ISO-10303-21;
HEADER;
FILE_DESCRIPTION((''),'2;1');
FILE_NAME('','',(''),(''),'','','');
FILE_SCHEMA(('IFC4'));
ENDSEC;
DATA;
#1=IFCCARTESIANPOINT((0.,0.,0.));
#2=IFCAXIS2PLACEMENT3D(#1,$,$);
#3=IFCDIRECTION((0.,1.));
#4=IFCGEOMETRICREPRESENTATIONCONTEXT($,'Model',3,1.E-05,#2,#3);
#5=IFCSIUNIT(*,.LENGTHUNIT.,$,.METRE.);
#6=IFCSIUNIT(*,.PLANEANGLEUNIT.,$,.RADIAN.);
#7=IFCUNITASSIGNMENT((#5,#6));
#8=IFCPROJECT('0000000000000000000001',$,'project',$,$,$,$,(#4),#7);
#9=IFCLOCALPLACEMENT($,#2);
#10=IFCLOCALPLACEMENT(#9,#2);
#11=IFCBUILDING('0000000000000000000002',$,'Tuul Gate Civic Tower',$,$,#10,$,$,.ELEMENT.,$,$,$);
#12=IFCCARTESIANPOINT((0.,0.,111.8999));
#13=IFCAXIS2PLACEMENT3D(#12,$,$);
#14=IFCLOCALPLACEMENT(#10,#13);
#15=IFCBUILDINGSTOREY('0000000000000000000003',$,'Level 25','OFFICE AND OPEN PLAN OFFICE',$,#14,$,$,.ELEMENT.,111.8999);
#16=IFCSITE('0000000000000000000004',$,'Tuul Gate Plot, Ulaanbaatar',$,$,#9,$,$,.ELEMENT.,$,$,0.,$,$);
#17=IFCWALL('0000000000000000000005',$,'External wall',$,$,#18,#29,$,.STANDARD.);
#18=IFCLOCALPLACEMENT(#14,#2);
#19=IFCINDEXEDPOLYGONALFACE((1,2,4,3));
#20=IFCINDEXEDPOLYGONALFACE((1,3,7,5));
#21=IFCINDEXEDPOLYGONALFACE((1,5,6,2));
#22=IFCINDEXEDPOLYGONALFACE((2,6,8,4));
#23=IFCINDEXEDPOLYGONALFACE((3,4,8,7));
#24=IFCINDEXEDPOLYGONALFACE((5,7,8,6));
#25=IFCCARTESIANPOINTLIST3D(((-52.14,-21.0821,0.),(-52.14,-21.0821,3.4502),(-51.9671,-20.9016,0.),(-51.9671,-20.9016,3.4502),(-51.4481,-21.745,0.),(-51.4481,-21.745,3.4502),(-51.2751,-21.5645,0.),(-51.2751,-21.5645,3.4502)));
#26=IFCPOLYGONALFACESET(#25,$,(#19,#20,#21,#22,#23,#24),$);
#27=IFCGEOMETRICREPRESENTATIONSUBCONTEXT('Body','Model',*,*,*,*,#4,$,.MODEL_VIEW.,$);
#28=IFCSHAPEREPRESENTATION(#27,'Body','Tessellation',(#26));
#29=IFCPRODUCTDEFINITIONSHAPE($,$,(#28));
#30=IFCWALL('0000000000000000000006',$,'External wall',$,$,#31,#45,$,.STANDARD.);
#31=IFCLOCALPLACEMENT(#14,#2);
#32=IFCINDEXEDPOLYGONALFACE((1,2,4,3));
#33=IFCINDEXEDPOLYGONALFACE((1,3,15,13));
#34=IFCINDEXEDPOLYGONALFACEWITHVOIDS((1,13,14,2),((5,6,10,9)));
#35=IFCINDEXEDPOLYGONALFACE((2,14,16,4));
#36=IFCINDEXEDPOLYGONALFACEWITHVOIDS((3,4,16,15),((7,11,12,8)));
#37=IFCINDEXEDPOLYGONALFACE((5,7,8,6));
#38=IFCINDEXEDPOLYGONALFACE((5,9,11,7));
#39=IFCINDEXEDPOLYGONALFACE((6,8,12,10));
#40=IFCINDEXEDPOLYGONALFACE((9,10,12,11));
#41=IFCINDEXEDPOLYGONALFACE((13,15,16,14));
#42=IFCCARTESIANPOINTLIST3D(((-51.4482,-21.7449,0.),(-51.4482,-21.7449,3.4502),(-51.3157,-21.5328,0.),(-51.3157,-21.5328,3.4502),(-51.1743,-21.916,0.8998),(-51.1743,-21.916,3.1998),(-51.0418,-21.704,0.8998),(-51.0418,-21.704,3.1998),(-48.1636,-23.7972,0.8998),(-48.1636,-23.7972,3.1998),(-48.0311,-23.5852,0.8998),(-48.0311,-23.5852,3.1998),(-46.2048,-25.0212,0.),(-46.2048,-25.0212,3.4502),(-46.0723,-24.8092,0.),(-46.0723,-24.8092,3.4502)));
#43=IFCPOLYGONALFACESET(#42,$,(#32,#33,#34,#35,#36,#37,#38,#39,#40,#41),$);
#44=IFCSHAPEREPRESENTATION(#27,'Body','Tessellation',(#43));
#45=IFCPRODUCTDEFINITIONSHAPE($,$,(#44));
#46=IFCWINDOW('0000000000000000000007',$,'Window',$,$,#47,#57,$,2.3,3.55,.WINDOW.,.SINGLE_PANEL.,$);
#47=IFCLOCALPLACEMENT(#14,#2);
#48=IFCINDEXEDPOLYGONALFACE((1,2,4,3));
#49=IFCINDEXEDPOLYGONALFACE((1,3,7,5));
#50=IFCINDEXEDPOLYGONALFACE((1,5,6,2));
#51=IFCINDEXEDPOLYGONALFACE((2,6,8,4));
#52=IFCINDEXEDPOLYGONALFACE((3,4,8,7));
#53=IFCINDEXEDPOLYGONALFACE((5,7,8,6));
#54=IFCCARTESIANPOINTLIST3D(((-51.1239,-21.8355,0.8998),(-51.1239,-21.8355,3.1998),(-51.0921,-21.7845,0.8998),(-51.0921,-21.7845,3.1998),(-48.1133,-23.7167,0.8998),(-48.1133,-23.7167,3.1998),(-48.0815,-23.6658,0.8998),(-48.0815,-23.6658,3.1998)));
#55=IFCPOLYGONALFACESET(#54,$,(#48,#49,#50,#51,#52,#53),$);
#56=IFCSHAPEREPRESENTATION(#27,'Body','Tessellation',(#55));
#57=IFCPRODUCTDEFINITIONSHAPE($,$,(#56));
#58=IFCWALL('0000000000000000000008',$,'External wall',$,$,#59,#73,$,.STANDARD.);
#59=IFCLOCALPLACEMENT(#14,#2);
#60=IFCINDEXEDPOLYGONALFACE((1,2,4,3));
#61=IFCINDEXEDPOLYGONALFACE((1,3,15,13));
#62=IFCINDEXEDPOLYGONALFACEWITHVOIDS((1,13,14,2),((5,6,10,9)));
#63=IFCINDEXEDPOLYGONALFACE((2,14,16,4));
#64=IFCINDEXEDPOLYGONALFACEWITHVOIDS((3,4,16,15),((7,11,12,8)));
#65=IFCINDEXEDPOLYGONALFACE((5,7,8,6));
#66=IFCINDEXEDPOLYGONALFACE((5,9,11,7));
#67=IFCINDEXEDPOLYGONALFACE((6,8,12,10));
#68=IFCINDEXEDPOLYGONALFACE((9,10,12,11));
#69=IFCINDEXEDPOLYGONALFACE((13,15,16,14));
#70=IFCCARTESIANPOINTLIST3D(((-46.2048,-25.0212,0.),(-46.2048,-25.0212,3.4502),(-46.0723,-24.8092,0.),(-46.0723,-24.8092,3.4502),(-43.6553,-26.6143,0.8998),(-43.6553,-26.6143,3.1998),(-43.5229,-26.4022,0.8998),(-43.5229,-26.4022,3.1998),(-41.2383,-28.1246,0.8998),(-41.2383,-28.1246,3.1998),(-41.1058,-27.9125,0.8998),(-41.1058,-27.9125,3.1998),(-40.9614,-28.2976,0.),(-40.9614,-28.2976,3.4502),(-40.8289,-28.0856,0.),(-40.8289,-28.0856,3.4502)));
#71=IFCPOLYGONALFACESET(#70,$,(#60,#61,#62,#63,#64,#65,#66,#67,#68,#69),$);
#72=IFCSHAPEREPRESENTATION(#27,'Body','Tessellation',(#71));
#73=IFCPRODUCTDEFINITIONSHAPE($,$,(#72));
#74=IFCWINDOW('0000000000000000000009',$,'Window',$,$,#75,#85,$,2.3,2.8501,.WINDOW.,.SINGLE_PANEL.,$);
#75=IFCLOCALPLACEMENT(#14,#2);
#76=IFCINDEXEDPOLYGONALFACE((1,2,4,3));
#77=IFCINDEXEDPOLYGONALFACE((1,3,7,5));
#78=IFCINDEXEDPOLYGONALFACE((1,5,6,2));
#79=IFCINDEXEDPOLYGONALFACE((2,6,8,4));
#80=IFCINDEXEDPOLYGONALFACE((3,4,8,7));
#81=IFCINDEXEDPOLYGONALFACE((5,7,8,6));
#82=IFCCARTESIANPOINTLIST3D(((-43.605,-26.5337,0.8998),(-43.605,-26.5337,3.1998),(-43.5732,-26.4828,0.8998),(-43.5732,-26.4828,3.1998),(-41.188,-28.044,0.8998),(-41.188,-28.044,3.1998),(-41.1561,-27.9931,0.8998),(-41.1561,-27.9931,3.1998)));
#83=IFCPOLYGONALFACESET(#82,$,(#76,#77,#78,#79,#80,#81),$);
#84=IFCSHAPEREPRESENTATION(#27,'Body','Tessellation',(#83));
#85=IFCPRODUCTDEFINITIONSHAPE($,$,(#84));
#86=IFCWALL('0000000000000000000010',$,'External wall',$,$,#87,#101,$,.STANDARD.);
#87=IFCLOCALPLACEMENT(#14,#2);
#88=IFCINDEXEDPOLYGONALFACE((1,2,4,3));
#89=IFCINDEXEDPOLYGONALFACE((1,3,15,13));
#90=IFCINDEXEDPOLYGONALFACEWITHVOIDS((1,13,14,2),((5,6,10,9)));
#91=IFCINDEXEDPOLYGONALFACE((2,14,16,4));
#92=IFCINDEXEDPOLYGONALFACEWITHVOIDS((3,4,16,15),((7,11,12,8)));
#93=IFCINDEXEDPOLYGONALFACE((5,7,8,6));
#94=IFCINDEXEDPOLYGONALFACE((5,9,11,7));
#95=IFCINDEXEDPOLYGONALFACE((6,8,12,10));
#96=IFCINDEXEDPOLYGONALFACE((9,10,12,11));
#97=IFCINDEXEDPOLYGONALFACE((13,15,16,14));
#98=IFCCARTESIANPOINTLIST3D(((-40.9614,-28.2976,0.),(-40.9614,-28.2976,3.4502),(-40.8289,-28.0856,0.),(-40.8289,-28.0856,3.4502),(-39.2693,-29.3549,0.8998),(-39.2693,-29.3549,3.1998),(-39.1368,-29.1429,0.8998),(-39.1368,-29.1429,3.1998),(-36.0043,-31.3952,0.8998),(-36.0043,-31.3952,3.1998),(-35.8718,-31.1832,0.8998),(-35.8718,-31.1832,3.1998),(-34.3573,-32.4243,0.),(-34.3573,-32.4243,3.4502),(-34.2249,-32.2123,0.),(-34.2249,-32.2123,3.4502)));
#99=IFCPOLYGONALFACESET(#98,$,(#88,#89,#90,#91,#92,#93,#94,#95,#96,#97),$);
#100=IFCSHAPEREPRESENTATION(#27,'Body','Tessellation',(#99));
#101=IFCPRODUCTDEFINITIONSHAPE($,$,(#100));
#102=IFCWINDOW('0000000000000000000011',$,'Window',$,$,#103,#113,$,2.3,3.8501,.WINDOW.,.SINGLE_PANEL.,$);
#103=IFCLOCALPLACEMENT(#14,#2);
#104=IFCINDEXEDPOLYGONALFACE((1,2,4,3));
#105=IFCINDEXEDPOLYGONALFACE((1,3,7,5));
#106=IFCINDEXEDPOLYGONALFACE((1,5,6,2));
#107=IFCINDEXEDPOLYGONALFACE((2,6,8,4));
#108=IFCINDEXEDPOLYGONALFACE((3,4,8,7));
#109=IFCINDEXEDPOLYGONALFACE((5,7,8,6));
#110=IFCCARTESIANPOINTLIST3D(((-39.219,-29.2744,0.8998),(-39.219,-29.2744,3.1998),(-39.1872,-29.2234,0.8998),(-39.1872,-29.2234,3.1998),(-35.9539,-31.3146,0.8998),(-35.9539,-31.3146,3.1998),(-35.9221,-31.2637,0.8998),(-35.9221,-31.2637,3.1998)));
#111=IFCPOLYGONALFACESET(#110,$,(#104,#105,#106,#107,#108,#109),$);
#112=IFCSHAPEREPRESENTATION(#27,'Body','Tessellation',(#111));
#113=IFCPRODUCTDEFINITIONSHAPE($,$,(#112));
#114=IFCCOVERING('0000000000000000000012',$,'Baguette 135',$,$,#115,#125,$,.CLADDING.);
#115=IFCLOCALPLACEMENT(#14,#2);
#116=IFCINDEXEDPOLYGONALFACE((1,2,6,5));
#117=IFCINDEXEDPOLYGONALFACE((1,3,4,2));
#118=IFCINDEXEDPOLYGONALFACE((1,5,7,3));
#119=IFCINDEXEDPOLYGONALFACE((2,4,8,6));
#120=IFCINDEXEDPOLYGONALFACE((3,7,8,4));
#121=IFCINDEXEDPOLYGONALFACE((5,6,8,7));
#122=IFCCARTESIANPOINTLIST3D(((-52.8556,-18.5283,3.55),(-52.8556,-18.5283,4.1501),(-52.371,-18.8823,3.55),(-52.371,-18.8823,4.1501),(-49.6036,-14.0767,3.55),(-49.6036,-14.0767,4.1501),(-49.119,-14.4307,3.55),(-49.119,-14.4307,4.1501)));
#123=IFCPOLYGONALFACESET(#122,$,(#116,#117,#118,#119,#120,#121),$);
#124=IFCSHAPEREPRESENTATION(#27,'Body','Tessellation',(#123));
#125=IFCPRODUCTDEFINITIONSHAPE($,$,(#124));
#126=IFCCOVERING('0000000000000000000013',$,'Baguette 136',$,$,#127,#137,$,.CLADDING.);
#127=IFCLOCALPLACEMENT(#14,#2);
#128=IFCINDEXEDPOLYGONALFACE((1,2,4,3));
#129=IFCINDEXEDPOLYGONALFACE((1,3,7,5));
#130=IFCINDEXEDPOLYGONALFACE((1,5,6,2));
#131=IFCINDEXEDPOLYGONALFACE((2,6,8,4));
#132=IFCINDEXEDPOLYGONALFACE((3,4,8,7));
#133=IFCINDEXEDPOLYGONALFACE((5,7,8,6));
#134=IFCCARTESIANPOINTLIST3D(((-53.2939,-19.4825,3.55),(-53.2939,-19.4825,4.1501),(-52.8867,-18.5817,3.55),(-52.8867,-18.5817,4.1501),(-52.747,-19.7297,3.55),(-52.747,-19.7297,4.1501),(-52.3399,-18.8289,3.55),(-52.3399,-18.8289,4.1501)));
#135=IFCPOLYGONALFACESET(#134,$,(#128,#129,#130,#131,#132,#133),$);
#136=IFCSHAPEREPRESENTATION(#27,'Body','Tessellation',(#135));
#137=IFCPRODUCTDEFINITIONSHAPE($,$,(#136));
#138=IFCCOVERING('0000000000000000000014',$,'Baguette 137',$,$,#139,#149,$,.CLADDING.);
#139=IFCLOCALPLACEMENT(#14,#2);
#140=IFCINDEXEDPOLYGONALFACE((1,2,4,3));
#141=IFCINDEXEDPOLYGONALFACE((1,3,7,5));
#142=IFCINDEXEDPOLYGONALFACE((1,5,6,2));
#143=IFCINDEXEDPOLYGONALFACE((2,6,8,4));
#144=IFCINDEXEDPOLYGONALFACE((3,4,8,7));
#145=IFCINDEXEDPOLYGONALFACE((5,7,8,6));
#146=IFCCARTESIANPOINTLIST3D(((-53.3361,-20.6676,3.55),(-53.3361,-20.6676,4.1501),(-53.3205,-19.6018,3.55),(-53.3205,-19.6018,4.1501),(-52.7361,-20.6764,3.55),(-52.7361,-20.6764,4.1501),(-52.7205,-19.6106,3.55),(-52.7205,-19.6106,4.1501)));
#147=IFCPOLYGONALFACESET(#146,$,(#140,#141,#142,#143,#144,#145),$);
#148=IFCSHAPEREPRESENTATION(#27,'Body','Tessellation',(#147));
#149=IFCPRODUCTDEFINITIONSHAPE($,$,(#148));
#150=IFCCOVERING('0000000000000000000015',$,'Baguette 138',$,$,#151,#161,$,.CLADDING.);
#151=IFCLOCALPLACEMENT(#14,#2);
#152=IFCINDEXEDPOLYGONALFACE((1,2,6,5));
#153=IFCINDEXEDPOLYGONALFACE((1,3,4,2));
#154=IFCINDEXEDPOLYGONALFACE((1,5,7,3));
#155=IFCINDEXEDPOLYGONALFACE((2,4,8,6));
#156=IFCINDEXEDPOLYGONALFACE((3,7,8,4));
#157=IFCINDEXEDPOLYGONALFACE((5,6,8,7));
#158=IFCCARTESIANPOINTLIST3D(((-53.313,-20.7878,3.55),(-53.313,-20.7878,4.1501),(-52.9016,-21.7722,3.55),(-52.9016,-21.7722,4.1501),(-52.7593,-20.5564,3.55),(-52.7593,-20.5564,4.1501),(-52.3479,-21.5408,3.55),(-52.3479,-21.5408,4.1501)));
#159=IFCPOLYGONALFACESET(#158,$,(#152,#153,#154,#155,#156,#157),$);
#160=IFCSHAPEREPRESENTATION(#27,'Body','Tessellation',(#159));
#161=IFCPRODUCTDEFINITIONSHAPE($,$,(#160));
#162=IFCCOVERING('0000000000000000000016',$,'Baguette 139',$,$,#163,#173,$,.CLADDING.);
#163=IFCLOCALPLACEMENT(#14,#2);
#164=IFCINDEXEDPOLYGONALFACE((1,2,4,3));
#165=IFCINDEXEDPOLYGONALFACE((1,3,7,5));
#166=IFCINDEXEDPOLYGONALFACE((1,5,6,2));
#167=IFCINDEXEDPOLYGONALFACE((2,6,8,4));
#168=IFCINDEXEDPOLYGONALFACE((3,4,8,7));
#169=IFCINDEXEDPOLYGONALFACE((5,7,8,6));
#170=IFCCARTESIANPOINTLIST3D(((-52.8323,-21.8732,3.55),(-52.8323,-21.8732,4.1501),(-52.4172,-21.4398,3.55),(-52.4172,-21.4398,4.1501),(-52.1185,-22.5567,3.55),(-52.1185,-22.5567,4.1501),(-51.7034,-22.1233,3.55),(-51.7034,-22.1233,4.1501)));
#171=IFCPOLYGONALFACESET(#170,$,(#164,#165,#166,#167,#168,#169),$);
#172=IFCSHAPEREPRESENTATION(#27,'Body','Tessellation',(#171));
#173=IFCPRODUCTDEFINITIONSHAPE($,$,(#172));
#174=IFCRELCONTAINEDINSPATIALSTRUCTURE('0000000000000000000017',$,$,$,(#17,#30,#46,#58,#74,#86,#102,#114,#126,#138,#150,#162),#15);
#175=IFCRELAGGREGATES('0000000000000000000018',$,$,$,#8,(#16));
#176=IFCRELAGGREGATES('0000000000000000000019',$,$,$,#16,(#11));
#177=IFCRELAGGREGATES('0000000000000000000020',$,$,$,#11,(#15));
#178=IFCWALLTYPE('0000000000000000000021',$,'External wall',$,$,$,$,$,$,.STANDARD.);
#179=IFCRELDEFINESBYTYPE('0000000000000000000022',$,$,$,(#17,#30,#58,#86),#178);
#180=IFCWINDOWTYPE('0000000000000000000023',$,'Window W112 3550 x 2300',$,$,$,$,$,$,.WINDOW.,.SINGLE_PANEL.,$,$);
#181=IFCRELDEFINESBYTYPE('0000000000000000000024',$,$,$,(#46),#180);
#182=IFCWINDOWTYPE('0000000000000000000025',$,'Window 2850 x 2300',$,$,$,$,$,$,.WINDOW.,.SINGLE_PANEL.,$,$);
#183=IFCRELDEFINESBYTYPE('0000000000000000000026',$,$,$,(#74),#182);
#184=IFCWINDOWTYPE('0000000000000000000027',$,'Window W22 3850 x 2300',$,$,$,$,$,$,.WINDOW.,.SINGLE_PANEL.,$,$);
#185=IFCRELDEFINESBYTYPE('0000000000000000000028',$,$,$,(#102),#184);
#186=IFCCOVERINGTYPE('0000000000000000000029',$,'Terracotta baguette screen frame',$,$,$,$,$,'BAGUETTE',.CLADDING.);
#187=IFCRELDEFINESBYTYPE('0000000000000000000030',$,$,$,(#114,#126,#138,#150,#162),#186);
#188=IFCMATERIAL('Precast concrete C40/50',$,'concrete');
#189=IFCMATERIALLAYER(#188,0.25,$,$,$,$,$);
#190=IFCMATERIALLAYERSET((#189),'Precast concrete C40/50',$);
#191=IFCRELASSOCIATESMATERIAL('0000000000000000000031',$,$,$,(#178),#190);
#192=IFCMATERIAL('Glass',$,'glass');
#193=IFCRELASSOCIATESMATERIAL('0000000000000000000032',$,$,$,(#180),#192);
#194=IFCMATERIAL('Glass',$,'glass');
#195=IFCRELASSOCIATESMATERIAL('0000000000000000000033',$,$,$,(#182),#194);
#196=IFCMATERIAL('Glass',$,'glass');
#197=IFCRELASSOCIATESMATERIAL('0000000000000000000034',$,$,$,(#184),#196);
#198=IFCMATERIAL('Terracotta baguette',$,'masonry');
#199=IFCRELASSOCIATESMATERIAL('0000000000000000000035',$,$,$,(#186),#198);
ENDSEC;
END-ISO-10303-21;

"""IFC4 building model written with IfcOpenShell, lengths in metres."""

from ifc_helpers import new_model, si_unit, direction, frame, frame_2d, origin, origin_2d, place, context, subcontext, project, spatial, rectangle, extrude, material, layer, layer_set, material_profile, profile_set, type_object, element, fill, save


model = new_model("IFC4")

# Units and contexts
model_context = context("Model", 3, precision=1e-05, world=origin(), true_north=direction((0.0, 1.0)))
body_context = subcontext(model_context, "Body", "Model", "MODEL_VIEW")
ifc_project = project(units=[si_unit("LENGTHUNIT", "METRE"), si_unit("PLANEANGLEUNIT", "RADIAN")], contexts=[model_context])

# Site, building, storey
site_placement = place(None, origin())
site = spatial("IfcSite", under=ifc_project, at=site_placement, Name="Tuul Gate Plot, Ulaanbaatar", CompositionType="ELEMENT", RefElevation=0.0)
building_placement = place(site_placement, origin())
building = spatial("IfcBuilding", under=site, at=building_placement, Name="Tuul Gate Civic Tower", CompositionType="ELEMENT")
storey_placement = place(building_placement, frame((0.0, 0.0, 111.8999)))
storey = spatial("IfcBuildingStorey", under=building, at=storey_placement, Name="Level 25", Description="OFFICE AND OPEN PLAN OFFICE", CompositionType="ELEMENT", Elevation=111.8999)

# Wall
ifc_material_1 = material(Name="Precast concrete C40/50", Category="concrete")
ifc_layer_1 = layer(ifc_material_1, 0.25)
ifc_layer_set_1 = layer_set([ifc_layer_1], Name="Precast concrete C40/50")
wall_type_1 = type_object("IfcWallType", Name="External wall", PredefinedType="STANDARD", material=ifc_layer_set_1)
wall_1_placement = place(storey_placement, frame((-52.0535, -20.9919, 0.0), z_axis=(0.0, 0.0, 1.0), x_axis=(0.722105, -0.691784, 0.0)))
element("IfcWall", 1, at=wall_1_placement, inside=storey, type_object=wall_type_1, Name="External wall", PredefinedType="STANDARD", context=body_context, shape_type="SweptSolid", body=[
    extrude(rectangle(XDim=0.9583, YDim=0.25, at=frame_2d((0.479, 0.0))), origin(), (0.0, 0.0, 1.0), 3.4502),
])

# Walls, openings, windows
wall_2_placement = place(storey_placement, frame((-51.3818, -21.6389, 0.0), z_axis=(0.0, 0.0, 1.0), x_axis=(0.848054, -0.52991, 0.0)))
wall_2 = element("IfcWall", 2, at=wall_2_placement, inside=storey, type_object=wall_type_1, Name="External wall", PredefinedType="STANDARD", context=body_context, shape_type="SweptSolid", body=[
    extrude(rectangle(XDim=6.1829, YDim=0.25, at=frame_2d((3.0913, 0.0))), origin(), (0.0, 0.0, 1.0), 3.4502),
])
opening_1_placement = place(wall_2_placement, frame((0.323, 0.0, 0.8999)))
opening_1 = element("IfcOpeningElement", 3, at=opening_1_placement, cuts=wall_2, PredefinedType="OPENING", context=body_context, shape_type="SweptSolid", body=[
    extrude(rectangle(XDim=3.55, YDim=2.3, at=frame_2d((1.7749, 1.1499))), frame((0.0, 0.135, 0.0), z_axis=(0.0, -1.0, 0.0), x_axis=(1.0, 0.0, 0.0)), (0.0, 0.0, 1.0), 0.27),
])
ifc_material_2 = material(Name="Glass", Category="glass")
window_type_1 = type_object("IfcWindowType", Name="Window W112 3550 x 2300", PartitioningType="SINGLE_PANEL", PredefinedType="WINDOW", material=ifc_material_2)
window_1_placement = place(opening_1_placement, origin())
window_1 = element("IfcWindow", 4, at=window_1_placement, inside=storey, type_object=window_type_1, Name="Window", OverallHeight=2.3, OverallWidth=3.55, PartitioningType="SINGLE_PANEL", PredefinedType="WINDOW", context=body_context, shape_type="SweptSolid", body=[
    extrude(rectangle(XDim=3.55, YDim=2.3, at=frame_2d((1.7749, 1.1499))), frame((0.0, 0.03, 0.0), z_axis=(0.0, -1.0, 0.0), x_axis=(1.0, 0.0, 0.0)), (0.0, 0.0, 1.0), 0.0601),
])
fill(opening_1, window_1)
wall_3_placement = place(storey_placement, frame((-46.1384, -24.9153, 0.0), z_axis=(0.0, 0.0, 1.0), x_axis=(0.848054, -0.52991, 0.0)))
wall_3 = element("IfcWall", 5, at=wall_3_placement, inside=storey, type_object=wall_type_1, Name="External wall", PredefinedType="STANDARD", context=body_context, shape_type="SweptSolid", body=[
    extrude(rectangle(XDim=6.1829, YDim=0.25, at=frame_2d((3.0913, 0.0))), origin(), (0.0, 0.0, 1.0), 3.4502),
])
opening_2_placement = place(wall_3_placement, frame((3.0061, 0.0, 0.8999)))
opening_2 = element("IfcOpeningElement", 6, at=opening_2_placement, cuts=wall_3, PredefinedType="OPENING", context=body_context, shape_type="SweptSolid", body=[
    extrude(rectangle(XDim=2.8501, YDim=2.3, at=frame_2d((1.425, 1.1499))), frame((0.0, 0.135, 0.0), z_axis=(0.0, -1.0, 0.0), x_axis=(1.0, 0.0, 0.0)), (0.0, 0.0, 1.0), 0.27),
])
ifc_material_3 = material(Name="Glass", Category="glass")
window_type_2 = type_object("IfcWindowType", Name="Window 2850 x 2300", PartitioningType="SINGLE_PANEL", PredefinedType="WINDOW", material=ifc_material_3)
window_2_placement = place(opening_2_placement, origin())
window_2 = element("IfcWindow", 7, at=window_2_placement, inside=storey, type_object=window_type_2, Name="Window", OverallHeight=2.3, OverallWidth=2.8501, PartitioningType="SINGLE_PANEL", PredefinedType="WINDOW", context=body_context, shape_type="SweptSolid", body=[
    extrude(rectangle(XDim=2.8501, YDim=2.3, at=frame_2d((1.425, 1.1499))), frame((0.0, 0.03, 0.0), z_axis=(0.0, -1.0, 0.0), x_axis=(1.0, 0.0, 0.0)), (0.0, 0.0, 1.0), 0.0601),
])
fill(opening_2, window_2)
wall_4_placement = place(storey_placement, frame((-40.895, -28.1917, 0.0), z_axis=(0.0, 0.0, 1.0), x_axis=(0.848044, -0.529926, 0.0)))
wall_4 = element("IfcWall", 8, at=wall_4_placement, inside=storey, type_object=wall_type_1, Name="External wall", PredefinedType="STANDARD", context=body_context, shape_type="SweptSolid", body=[
    extrude(rectangle(XDim=7.7874, YDim=0.25, at=frame_2d((3.8936, 0.0))), origin(), (0.0, 0.0, 1.0), 3.4502),
])
opening_3_placement = place(wall_4_placement, frame((1.9951, 0.0, 0.8999)))
opening_3 = element("IfcOpeningElement", 9, at=opening_3_placement, cuts=wall_4, PredefinedType="OPENING", context=body_context, shape_type="SweptSolid", body=[
    extrude(rectangle(XDim=3.8501, YDim=2.3, at=frame_2d((1.925, 1.1499))), frame((0.0, 0.135, 0.0), z_axis=(0.0, -1.0, 0.0), x_axis=(1.0, 0.0, 0.0)), (0.0, 0.0, 1.0), 0.27),
])
ifc_material_4 = material(Name="Glass", Category="glass")
window_type_3 = type_object("IfcWindowType", Name="Window W22 3850 x 2300", PartitioningType="SINGLE_PANEL", PredefinedType="WINDOW", material=ifc_material_4)
window_3_placement = place(opening_3_placement, origin())
window_3 = element("IfcWindow", 10, at=window_3_placement, inside=storey, type_object=window_type_3, Name="Window", OverallHeight=2.3, OverallWidth=3.8501, PartitioningType="SINGLE_PANEL", PredefinedType="WINDOW", context=body_context, shape_type="SweptSolid", body=[
    extrude(rectangle(XDim=3.8501, YDim=2.3, at=frame_2d((1.925, 1.1499))), frame((0.0, 0.03, 0.0), z_axis=(0.0, -1.0, 0.0), x_axis=(1.0, 0.0, 0.0)), (0.0, 0.0, 1.0), 0.0601),
])
fill(opening_3, window_3)

# Coverings
ifc_material_5 = material(Name="Terracotta baguette", Category="masonry")
ifc_material_profile_1 = material_profile(ifc_material_5, rectangle(XDim=0.6001, YDim=0.6001, at=origin_2d()), Name="Terracotta baguette screen frame")
ifc_profile_set_1 = profile_set([ifc_material_profile_1], Name="Terracotta baguette")
covering_type = type_object("IfcCoveringType", Name="Terracotta baguette screen frame", ElementType="BAGUETTE", PredefinedType="CLADDING", material=ifc_profile_set_1)
covering_1_placement = place(storey_placement, frame((-49.3613, -14.2537, 3.8501), z_axis=(-0.589877, -0.807493, 0.0), x_axis=(0.807493, -0.589877, 0.0)))
element("IfcCovering", 11, at=covering_1_placement, inside=storey, type_object=covering_type, Name="Baguette 135", PredefinedType="CLADDING", context=body_context, shape_type="SweptSolid", body=[
    extrude(rectangle(XDim=0.6001, YDim=0.6001, at=origin_2d()), origin(), (0.0, 0.0, 1.0), 5.5129),
])
covering_2_placement = place(storey_placement, frame((-52.6133, -18.7053, 3.8501), z_axis=(-0.411904, -0.911227, 0.0), x_axis=(0.911227, -0.411904, 0.0)))
element("IfcCovering", 12, at=covering_2_placement, inside=storey, type_object=covering_type, Name="Baguette 136", PredefinedType="CLADDING", context=body_context, shape_type="SweptSolid", body=[
    extrude(rectangle(XDim=0.6001, YDim=0.6001, at=origin_2d()), origin(), (0.0, 0.0, 1.0), 0.9885),
])
covering_3_placement = place(storey_placement, frame((-53.0205, -19.6062, 3.8501), z_axis=(-0.014657, -0.999893, 0.0), x_axis=(0.999893, -0.014657, 0.0)))
element("IfcCovering", 13, at=covering_3_placement, inside=storey, type_object=covering_type, Name="Baguette 137", PredefinedType="CLADDING", context=body_context, shape_type="SweptSolid", body=[
    extrude(rectangle(XDim=0.6001, YDim=0.6001, at=origin_2d()), origin(), (0.0, 0.0, 1.0), 1.0659),
])
covering_4_placement = place(storey_placement, frame((-53.0361, -20.6721, 3.8501), z_axis=(0.38559, -0.92267, 0.0), x_axis=(0.92267, 0.38559, 0.0)))
element("IfcCovering", 14, at=covering_4_placement, inside=storey, type_object=covering_type, Name="Baguette 138", PredefinedType="CLADDING", context=body_context, shape_type="SweptSolid", body=[
    extrude(rectangle(XDim=0.6001, YDim=0.6001, at=origin_2d()), origin(), (0.0, 0.0, 1.0), 1.0669),
])
covering_5_placement = place(storey_placement, frame((-52.6248, -21.6565, 3.8501), z_axis=(0.722256, -0.691626, 0.0), x_axis=(0.691626, 0.722256, 0.0)))
element("IfcCovering", 15, at=covering_5_placement, inside=storey, type_object=covering_type, Name="Baguette 139", PredefinedType="CLADDING", context=body_context, shape_type="SweptSolid", body=[
    extrude(rectangle(XDim=0.6001, YDim=0.6001, at=origin_2d()), origin(), (0.0, 0.0, 1.0), 0.9883),
])

save(model, "model.ifc")
